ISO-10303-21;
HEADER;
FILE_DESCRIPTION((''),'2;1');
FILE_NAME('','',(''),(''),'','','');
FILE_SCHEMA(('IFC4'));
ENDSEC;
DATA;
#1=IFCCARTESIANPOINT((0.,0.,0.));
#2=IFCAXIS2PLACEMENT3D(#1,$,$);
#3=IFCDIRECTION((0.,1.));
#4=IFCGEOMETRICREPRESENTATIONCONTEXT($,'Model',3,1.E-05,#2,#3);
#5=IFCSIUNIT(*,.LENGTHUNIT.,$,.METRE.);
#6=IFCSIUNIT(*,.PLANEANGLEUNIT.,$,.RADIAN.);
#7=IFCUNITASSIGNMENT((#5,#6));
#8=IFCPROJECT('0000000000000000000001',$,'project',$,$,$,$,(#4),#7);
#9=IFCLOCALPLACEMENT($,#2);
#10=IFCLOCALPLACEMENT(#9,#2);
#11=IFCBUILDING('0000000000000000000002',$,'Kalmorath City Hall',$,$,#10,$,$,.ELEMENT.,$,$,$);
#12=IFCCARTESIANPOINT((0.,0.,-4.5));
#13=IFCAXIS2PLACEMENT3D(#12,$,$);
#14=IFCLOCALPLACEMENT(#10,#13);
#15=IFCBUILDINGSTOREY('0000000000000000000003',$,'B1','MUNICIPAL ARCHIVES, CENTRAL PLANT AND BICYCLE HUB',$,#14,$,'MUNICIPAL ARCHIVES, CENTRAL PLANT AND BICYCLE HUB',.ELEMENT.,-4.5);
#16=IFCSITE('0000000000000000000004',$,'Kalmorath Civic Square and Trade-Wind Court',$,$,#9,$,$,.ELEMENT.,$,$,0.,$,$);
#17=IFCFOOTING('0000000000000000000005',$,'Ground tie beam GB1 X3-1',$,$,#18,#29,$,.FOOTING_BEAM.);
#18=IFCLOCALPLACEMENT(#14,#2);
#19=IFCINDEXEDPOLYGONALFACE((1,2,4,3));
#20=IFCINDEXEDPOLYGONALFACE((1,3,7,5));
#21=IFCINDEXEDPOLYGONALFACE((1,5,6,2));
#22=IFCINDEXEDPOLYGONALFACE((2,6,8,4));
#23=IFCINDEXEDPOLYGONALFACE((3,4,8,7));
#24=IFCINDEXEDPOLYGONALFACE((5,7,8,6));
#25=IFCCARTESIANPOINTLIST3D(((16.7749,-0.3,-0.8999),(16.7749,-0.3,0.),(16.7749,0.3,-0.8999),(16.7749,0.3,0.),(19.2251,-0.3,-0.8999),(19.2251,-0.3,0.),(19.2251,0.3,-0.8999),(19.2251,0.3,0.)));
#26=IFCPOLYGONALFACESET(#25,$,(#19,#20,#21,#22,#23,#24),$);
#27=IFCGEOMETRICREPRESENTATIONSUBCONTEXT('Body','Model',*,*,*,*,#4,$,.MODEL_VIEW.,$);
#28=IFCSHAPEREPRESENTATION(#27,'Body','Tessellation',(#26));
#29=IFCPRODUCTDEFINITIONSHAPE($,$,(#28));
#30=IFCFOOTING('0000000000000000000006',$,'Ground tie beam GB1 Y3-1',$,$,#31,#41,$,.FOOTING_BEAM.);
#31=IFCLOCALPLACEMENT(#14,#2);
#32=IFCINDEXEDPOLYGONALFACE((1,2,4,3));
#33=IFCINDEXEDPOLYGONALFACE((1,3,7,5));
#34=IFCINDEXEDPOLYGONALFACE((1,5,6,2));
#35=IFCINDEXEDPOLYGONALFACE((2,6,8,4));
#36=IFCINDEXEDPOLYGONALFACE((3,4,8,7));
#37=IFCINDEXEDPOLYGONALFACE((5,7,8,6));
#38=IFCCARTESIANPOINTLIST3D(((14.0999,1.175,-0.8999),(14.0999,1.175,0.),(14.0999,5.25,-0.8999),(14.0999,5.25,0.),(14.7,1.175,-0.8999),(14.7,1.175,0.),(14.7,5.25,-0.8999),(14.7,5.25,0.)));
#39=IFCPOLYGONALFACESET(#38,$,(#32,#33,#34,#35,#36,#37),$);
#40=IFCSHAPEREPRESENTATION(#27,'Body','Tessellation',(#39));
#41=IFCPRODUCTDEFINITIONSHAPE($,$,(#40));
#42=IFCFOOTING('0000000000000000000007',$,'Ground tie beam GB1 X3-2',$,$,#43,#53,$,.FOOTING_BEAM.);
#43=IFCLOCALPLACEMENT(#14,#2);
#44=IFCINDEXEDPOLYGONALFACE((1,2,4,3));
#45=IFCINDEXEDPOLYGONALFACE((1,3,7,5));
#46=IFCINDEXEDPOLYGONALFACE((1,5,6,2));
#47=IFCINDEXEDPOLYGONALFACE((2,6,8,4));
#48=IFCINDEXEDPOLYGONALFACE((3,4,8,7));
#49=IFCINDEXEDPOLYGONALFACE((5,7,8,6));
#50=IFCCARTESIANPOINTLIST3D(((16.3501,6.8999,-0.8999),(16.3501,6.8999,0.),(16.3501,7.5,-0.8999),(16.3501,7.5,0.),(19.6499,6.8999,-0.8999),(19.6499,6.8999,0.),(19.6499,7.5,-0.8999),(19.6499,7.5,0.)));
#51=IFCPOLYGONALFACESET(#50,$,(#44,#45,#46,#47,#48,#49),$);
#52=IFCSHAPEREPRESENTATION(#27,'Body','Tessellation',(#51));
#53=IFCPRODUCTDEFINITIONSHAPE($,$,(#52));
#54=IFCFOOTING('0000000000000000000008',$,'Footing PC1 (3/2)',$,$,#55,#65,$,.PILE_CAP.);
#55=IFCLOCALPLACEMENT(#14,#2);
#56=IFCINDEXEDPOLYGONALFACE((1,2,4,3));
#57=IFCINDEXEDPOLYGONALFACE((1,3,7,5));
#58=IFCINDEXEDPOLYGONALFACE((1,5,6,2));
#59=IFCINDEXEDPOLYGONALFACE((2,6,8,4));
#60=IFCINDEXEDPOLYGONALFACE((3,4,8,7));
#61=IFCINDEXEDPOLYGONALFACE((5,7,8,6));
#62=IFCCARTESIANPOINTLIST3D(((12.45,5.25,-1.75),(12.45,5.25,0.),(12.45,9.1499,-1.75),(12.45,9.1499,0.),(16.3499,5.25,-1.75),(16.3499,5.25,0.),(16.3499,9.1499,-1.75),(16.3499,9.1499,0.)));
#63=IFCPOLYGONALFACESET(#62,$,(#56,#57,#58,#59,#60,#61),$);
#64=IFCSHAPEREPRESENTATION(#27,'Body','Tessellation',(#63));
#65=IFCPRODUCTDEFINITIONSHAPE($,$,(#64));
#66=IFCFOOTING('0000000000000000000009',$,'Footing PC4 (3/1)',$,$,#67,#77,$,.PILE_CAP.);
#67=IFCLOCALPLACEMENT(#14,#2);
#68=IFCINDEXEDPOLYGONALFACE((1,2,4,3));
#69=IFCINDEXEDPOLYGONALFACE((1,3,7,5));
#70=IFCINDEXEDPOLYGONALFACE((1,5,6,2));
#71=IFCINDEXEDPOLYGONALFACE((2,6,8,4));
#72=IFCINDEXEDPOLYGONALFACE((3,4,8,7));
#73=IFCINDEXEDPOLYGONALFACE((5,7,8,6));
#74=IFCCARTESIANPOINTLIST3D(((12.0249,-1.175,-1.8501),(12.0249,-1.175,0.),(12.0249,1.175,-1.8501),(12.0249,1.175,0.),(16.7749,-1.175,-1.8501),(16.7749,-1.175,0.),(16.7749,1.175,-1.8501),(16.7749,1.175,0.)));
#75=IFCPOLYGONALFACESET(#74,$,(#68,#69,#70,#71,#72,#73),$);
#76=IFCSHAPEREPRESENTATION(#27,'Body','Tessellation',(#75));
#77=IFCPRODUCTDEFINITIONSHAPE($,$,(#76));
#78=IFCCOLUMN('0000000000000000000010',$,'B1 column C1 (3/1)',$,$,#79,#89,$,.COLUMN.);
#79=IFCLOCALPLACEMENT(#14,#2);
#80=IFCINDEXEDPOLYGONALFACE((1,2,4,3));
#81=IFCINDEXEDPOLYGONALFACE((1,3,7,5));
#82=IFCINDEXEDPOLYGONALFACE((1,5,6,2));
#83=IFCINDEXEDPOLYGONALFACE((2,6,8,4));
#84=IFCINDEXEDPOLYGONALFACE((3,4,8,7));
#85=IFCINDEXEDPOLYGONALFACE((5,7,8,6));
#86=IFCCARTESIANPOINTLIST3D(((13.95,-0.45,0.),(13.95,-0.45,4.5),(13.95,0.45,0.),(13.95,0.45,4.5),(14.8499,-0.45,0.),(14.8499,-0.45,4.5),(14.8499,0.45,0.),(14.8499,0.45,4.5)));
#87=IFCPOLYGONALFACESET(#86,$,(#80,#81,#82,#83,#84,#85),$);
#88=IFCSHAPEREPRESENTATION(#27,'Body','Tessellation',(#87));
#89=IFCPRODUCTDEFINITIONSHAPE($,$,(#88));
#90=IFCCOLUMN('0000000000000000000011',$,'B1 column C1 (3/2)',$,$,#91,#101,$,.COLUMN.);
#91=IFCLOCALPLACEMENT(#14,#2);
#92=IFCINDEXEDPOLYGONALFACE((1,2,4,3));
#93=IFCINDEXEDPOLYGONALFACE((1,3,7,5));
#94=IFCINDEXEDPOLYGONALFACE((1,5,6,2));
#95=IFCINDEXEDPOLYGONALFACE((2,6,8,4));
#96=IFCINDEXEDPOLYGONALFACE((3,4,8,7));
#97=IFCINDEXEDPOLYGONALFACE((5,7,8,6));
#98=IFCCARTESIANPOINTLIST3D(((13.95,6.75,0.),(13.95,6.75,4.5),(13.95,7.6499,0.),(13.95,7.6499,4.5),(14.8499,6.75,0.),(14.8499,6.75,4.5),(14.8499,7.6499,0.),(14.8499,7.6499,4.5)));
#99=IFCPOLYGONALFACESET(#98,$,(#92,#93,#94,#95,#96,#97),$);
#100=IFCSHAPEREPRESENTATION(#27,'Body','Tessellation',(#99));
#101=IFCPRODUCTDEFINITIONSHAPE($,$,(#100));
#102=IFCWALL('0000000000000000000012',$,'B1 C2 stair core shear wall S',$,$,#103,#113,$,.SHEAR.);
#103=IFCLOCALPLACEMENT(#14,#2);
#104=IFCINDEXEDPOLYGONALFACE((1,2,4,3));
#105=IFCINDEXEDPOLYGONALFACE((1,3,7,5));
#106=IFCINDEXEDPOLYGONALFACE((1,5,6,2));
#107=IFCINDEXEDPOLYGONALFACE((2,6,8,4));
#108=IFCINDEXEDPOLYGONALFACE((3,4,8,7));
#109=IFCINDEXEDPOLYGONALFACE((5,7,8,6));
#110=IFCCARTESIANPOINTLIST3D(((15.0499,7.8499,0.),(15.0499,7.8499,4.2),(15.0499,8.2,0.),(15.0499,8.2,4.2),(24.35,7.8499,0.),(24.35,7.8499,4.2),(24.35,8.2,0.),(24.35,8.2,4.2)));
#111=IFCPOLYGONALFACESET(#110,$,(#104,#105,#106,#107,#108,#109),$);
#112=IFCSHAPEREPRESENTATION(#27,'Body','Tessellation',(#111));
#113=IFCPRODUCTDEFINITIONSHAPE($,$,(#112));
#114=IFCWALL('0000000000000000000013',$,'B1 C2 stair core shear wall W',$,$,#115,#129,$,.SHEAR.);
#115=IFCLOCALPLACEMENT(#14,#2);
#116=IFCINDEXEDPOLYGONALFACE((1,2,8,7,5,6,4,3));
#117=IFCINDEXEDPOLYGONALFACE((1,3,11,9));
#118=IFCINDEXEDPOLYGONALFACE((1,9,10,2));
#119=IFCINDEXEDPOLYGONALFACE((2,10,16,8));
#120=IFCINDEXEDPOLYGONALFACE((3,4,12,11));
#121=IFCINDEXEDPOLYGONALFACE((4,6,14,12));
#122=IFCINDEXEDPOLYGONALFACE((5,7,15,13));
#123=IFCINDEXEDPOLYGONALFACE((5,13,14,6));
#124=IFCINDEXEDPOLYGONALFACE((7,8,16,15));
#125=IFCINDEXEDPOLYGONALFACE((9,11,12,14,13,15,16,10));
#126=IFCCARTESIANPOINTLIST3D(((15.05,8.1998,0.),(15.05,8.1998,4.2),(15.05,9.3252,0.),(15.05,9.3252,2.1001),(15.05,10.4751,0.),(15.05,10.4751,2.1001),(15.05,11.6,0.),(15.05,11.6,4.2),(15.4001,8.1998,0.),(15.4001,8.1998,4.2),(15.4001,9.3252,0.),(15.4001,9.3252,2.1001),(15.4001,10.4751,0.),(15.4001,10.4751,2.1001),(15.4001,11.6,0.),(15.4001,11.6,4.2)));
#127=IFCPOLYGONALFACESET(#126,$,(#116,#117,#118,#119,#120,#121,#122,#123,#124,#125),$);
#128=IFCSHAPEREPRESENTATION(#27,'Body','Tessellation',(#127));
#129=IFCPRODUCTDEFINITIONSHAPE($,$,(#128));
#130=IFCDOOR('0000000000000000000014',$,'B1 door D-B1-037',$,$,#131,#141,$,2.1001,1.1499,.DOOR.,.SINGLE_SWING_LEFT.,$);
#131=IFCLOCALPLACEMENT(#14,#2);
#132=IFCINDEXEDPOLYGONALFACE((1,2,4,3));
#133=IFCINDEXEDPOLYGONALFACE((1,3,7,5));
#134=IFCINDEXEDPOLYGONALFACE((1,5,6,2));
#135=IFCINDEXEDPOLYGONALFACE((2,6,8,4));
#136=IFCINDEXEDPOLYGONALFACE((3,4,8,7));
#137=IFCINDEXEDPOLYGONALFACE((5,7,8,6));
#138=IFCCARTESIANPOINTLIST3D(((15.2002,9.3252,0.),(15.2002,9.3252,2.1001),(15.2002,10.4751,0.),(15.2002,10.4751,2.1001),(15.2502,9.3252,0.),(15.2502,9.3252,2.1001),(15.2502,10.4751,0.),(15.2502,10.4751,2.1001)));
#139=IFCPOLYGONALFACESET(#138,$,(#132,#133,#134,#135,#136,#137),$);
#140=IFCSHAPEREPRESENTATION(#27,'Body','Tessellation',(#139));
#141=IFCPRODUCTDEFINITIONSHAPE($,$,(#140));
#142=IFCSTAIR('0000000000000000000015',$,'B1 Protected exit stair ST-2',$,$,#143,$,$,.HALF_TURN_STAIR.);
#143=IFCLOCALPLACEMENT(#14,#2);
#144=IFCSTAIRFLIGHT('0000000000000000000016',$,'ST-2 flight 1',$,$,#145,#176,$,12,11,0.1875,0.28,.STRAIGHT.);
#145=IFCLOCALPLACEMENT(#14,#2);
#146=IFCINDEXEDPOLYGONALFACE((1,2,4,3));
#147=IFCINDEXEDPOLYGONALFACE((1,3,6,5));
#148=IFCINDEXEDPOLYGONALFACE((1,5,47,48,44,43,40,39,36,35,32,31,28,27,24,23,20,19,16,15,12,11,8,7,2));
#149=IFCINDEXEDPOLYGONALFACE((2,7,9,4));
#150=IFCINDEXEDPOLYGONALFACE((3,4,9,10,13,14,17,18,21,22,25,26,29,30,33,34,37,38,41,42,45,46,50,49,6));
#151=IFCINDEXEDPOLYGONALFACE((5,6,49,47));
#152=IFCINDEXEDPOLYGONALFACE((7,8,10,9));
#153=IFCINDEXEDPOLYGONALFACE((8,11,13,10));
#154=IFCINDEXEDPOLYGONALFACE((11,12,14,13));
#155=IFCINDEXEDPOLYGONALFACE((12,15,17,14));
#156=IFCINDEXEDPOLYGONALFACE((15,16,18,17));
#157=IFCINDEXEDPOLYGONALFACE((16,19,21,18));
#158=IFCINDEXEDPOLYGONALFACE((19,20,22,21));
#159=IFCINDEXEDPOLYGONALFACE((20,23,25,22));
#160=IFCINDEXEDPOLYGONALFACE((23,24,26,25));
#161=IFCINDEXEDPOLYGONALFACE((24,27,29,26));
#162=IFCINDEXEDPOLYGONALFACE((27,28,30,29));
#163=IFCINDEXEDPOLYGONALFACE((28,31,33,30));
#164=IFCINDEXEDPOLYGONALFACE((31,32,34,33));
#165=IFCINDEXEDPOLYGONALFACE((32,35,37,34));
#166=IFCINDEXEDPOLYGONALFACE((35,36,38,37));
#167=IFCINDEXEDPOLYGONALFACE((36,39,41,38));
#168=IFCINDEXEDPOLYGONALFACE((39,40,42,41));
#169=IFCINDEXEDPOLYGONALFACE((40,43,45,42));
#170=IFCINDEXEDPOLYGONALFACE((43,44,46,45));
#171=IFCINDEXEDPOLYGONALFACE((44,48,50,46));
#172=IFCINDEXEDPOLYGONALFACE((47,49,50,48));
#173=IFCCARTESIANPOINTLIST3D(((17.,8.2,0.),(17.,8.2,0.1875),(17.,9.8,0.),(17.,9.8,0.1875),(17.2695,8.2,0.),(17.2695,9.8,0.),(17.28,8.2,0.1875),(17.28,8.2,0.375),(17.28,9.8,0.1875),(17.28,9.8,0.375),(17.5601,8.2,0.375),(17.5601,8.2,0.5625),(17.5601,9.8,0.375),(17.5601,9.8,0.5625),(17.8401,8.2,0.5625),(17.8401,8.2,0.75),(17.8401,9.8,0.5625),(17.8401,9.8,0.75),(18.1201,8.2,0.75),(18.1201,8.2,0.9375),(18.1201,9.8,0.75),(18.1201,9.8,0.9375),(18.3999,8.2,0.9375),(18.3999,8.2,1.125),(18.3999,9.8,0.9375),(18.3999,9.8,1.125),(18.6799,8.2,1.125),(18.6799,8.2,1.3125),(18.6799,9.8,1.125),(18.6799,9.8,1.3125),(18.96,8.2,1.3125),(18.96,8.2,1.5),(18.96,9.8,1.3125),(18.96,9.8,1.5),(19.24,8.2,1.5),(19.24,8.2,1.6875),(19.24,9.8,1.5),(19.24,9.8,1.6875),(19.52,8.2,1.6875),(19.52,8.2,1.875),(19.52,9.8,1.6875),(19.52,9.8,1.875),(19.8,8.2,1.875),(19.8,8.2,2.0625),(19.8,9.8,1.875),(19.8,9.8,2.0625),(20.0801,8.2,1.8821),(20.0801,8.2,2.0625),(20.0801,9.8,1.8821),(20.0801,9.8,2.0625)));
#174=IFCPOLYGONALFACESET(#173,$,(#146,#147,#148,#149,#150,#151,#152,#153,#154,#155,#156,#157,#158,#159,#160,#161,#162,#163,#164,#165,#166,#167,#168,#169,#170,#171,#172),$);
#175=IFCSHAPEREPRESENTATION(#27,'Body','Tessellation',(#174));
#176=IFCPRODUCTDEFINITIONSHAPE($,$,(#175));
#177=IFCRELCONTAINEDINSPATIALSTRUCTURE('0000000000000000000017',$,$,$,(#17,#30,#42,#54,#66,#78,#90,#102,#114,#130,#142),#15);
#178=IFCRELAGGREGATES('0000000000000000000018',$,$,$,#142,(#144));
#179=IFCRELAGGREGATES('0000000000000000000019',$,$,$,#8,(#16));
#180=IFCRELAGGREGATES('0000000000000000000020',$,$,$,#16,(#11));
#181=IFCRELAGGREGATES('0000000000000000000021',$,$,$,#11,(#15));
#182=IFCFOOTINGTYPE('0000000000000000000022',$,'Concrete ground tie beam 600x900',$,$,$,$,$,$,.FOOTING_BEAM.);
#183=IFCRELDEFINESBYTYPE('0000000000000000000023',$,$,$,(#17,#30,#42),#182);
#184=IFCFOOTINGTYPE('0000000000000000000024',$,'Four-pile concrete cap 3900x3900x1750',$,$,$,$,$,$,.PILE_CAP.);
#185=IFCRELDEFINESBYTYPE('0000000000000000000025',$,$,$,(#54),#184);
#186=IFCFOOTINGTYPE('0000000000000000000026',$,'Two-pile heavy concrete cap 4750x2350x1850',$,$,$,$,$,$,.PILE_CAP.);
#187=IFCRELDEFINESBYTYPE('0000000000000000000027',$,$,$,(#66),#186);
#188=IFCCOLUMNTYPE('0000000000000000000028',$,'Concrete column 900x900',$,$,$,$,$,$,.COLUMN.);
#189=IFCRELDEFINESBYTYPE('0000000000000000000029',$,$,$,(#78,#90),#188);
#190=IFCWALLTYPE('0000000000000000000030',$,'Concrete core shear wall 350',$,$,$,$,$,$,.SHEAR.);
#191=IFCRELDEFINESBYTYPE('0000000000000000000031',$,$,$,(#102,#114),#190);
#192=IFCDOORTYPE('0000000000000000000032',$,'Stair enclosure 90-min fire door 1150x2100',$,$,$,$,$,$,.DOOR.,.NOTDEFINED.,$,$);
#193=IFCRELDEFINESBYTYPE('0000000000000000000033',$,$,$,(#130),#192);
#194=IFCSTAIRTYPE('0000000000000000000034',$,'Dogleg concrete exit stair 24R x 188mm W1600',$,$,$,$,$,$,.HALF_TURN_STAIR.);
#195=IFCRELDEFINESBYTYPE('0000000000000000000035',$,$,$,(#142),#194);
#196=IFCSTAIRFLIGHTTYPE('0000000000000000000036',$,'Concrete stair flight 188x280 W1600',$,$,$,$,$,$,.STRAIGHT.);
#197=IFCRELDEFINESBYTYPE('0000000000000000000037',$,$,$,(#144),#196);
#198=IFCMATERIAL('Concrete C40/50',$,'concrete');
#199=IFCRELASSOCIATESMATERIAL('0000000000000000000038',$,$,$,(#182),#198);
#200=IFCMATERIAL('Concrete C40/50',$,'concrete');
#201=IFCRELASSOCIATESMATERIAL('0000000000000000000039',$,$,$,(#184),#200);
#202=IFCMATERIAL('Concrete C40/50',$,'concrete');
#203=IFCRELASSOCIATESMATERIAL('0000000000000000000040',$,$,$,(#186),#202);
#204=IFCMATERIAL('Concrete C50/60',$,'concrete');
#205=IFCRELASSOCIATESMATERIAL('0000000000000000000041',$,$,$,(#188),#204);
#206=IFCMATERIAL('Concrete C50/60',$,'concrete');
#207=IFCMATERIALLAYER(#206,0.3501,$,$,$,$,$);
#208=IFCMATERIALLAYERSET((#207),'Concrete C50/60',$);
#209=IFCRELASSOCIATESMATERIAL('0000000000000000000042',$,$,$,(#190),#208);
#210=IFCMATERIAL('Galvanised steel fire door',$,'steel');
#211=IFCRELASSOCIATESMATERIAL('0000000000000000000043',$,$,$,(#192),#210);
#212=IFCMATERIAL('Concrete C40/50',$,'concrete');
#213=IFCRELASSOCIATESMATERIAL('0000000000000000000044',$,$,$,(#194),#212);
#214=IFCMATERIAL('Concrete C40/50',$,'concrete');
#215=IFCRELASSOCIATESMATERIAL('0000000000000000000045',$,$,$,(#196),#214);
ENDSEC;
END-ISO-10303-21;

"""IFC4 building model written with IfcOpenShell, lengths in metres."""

from ifc_helpers import new_model, si_unit, direction, frame, frame_2d, origin, origin_2d, place, context, subcontext, project, spatial, polyline, rectangle, outline, extrude, material, layer, layer_set, material_profile, profile_set, type_object, element, fill, aggregate, save


model = new_model("IFC4")

# Units and contexts
model_context = context("Model", 3, precision=1e-05, world=origin(), true_north=direction((0.0, 1.0)))
body_context = subcontext(model_context, "Body", "Model", "MODEL_VIEW")
ifc_project = project(units=[si_unit("LENGTHUNIT", "METRE"), si_unit("PLANEANGLEUNIT", "RADIAN")], contexts=[model_context])

# Site, building, storey
site_placement = place(None, origin())
site = spatial("IfcSite", under=ifc_project, at=site_placement, Name="Kalmorath Civic Square and Trade-Wind Court", CompositionType="ELEMENT", RefElevation=0.0)
building_placement = place(site_placement, origin())
building = spatial("IfcBuilding", under=site, at=building_placement, Name="Kalmorath City Hall", CompositionType="ELEMENT")
storey_placement = place(building_placement, frame((0.0, 0.0, -4.5)))
storey = spatial("IfcBuildingStorey", under=building, at=storey_placement, Name="B1", Description="MUNICIPAL ARCHIVES, CENTRAL PLANT AND BICYCLE HUB", LongName="MUNICIPAL ARCHIVES, CENTRAL PLANT AND BICYCLE HUB", CompositionType="ELEMENT", Elevation=-4.5)

# Footings
ifc_material_1 = material(Name="Concrete C40/50", Category="concrete")
ifc_material_profile_1 = material_profile(ifc_material_1, rectangle(XDim=0.6001, YDim=0.8999, at=origin_2d()), Name="RC-BM-600X900")
ifc_profile_set_1 = profile_set([ifc_material_profile_1], Name="Concrete C40/50")
footing_type_1 = type_object("IfcFootingType", Name="Concrete ground tie beam 600x900", PredefinedType="FOOTING_BEAM", material=ifc_profile_set_1)
footing_1_placement = place(storey_placement, frame((16.7749, 0.0, -0.45), z_axis=(1.0, 0.0, 0.0), x_axis=(0.0, 1.0, 0.0)))
element("IfcFooting", 1, at=footing_1_placement, inside=storey, type_object=footing_type_1, Name="Ground tie beam GB1 X3-1", PredefinedType="FOOTING_BEAM", context=body_context, shape_type="SweptSolid", body=[
    extrude(rectangle(XDim=0.6001, YDim=0.8999, at=origin_2d()), origin(), (0.0, 0.0, 1.0), 2.4502),
])
footing_2_placement = place(storey_placement, frame((14.3999, 1.175, -0.45), z_axis=(0.0, 1.0, 0.0), x_axis=(-1.0, 0.0, 0.0)))
element("IfcFooting", 2, at=footing_2_placement, inside=storey, type_object=footing_type_1, Name="Ground tie beam GB1 Y3-1", PredefinedType="FOOTING_BEAM", context=body_context, shape_type="SweptSolid", body=[
    extrude(rectangle(XDim=0.6001, YDim=0.8999, at=origin_2d()), origin(), (0.0, 0.0, 1.0), 4.075),
])
footing_3_placement = place(storey_placement, frame((16.3501, 7.2, -0.45), z_axis=(1.0, 0.0, 0.0), x_axis=(0.0, 1.0, 0.0)))
element("IfcFooting", 3, at=footing_3_placement, inside=storey, type_object=footing_type_1, Name="Ground tie beam GB1 X3-2", PredefinedType="FOOTING_BEAM", context=body_context, shape_type="SweptSolid", body=[
    extrude(rectangle(XDim=0.6001, YDim=0.8999, at=origin_2d()), origin(), (0.0, 0.0, 1.0), 3.2998),
])
ifc_material_2 = material(Name="Concrete C40/50", Category="concrete")
footing_type_2 = type_object("IfcFootingType", Name="Four-pile concrete cap 3900x3900x1750", PredefinedType="PILE_CAP", material=ifc_material_2)
footing_4_placement = place(storey_placement, frame((14.3999, 7.2, -1.75), z_axis=(0.0, 0.0, 1.0), x_axis=(1.0, 0.0, 0.0)))
element("IfcFooting", 4, at=footing_4_placement, inside=storey, type_object=footing_type_2, Name="Footing PC1 (3/2)", PredefinedType="PILE_CAP", context=body_context, shape_type="SweptSolid", body=[
    extrude(rectangle(XDim=3.8999, YDim=3.8999, at=origin_2d()), origin(), (0.0, 0.0, 1.0), 1.75),
])
ifc_material_3 = material(Name="Concrete C40/50", Category="concrete")
footing_type_3 = type_object("IfcFootingType", Name="Two-pile heavy concrete cap 4750x2350x1850", PredefinedType="PILE_CAP", material=ifc_material_3)
footing_5_placement = place(storey_placement, frame((14.3999, 0.0, -1.8501), z_axis=(0.0, 0.0, 1.0), x_axis=(1.0, 0.0, 0.0)))
element("IfcFooting", 5, at=footing_5_placement, inside=storey, type_object=footing_type_3, Name="Footing PC4 (3/1)", PredefinedType="PILE_CAP", context=body_context, shape_type="SweptSolid", body=[
    extrude(rectangle(XDim=4.75, YDim=2.3501, at=origin_2d()), origin(), (0.0, 0.0, 1.0), 1.8501),
])

# Columns
ifc_material_4 = material(Name="Concrete C50/60", Category="concrete")
ifc_material_profile_2 = material_profile(ifc_material_4, rectangle(XDim=0.8999, YDim=0.8999, at=origin_2d()), Name="RC-COL-900X900")
ifc_profile_set_2 = profile_set([ifc_material_profile_2], Name="Concrete C50/60")
column_type = type_object("IfcColumnType", Name="Concrete column 900x900", PredefinedType="COLUMN", material=ifc_profile_set_2)
for number, where, z_axis, x_axis, name in (
    (6, (14.3999, 0.0, 0.0), (0.0, 0.0, 1.0), (1.0, 0.0, 0.0), "B1 column C1 (3/1)"),
    (7, (14.3999, 7.2, 0.0), (0.0, 0.0, 1.0), (1.0, 0.0, 0.0), "B1 column C1 (3/2)"),
):
    element("IfcColumn", number, at=place(storey_placement, frame(where, z_axis=z_axis, x_axis=x_axis)), inside=storey, type_object=column_type, Name=name, PredefinedType="COLUMN", context=body_context, shape_type="SweptSolid", body=[
        extrude(rectangle(XDim=0.8999, YDim=0.8999, at=origin_2d()), origin(), (0.0, 0.0, 1.0), 4.5),
    ])

# Wall
ifc_material_5 = material(Name="Concrete C50/60", Category="concrete")
ifc_layer = layer(ifc_material_5, 0.3501)
ifc_layer_set = layer_set([ifc_layer], Name="Concrete C50/60")
wall_type = type_object("IfcWallType", Name="Concrete core shear wall 350", PredefinedType="SHEAR", material=ifc_layer_set)
wall_1_placement = place(storey_placement, frame((15.05, 8.0249, 0.0), z_axis=(0.0, 0.0, 1.0), x_axis=(1.0, 0.0, 0.0)))
element("IfcWall", 8, at=wall_1_placement, inside=storey, type_object=wall_type, Name="B1 C2 stair core shear wall S", PredefinedType="SHEAR", context=body_context, shape_type="SweptSolid", body=[
    extrude(rectangle(XDim=9.3, YDim=0.3501, at=frame_2d((4.6499, 0.0))), origin(), (0.0, 0.0, 1.0), 4.2),
])

# Wall, opening, door
wall_2_placement = place(storey_placement, frame((15.2251, 11.6001, 0.0), z_axis=(0.0, 0.0, 1.0), x_axis=(0.0, -1.0, 0.0)))
wall_2 = element("IfcWall", 9, at=wall_2_placement, inside=storey, type_object=wall_type, Name="B1 C2 stair core shear wall W", PredefinedType="SHEAR", context=body_context, shape_type="SweptSolid", body=[
    extrude(rectangle(XDim=3.4001, YDim=0.3501, at=frame_2d((1.7002, 0.0))), origin(), (0.0, 0.0, 1.0), 4.2),
])
opening_placement = place(wall_2_placement, frame((1.125, 0.0, 0.0)))
opening = element("IfcOpeningElement", 10, at=opening_placement, cuts=wall_2, PredefinedType="OPENING", context=body_context, shape_type="SweptSolid", body=[
    extrude(rectangle(XDim=1.1499, YDim=2.1001, at=frame_2d((0.575, 1.05))), frame((0.0, 0.1851, 0.0), z_axis=(0.0, -1.0, 0.0), x_axis=(1.0, 0.0, 0.0)), (0.0, 0.0, 1.0), 0.3701),
])
ifc_material_6 = material(Name="Galvanised steel fire door", Category="steel")
door_type = type_object("IfcDoorType", Name="Stair enclosure 90-min fire door 1150x2100", OperationType="NOTDEFINED", PredefinedType="DOOR", material=ifc_material_6)
door_placement = place(opening_placement, frame((1.1499, 0.0, 0.0), z_axis=(0.0, 0.0, 1.0), x_axis=(-1.0, 0.0, 0.0)))
door = element("IfcDoor", 11, at=door_placement, inside=storey, type_object=door_type, Name="B1 door D-B1-037", OperationType="SINGLE_SWING_LEFT", OverallHeight=2.1001, OverallWidth=1.1499, PredefinedType="DOOR", context=body_context, shape_type="SweptSolid", body=[
    extrude(rectangle(XDim=1.1499, YDim=2.1001, at=frame_2d((0.575, 1.05))), frame((0.0, 0.0249, 0.0), z_axis=(0.0, -1.0, 0.0), x_axis=(1.0, 0.0, 0.0)), (0.0, 0.0, 1.0), 0.05),
])
fill(opening, door)

# Stair, stair flight
ifc_material_7 = material(Name="Concrete C40/50", Category="concrete")
stair_type = type_object("IfcStairType", Name="Dogleg concrete exit stair 24R x 188mm W1600", PredefinedType="HALF_TURN_STAIR", material=ifc_material_7)
stair_placement = place(storey_placement, origin())
stair = element("IfcStair", 12, at=stair_placement, inside=storey, type_object=stair_type, Name="B1 Protected exit stair ST-2", PredefinedType="HALF_TURN_STAIR")
ifc_material_8 = material(Name="Concrete C40/50", Category="concrete")
stair_flight_type = type_object("IfcStairFlightType", Name="Concrete stair flight 188x280 W1600", PredefinedType="STRAIGHT", material=ifc_material_8)
stair_flight_1_placement = place(storey_placement, frame((17.0, 9.0, 0.0), z_axis=(0.0, 0.0, 1.0), x_axis=(1.0, 0.0, 0.0)))
stair_flight_1 = element("IfcStairFlight", 13, at=stair_flight_1_placement, type_object=stair_flight_type, Name="ST-2 flight 1", NumberOfRisers=12, NumberOfTreads=11, PredefinedType="STRAIGHT", RiserHeight=0.1875, TreadLength=0.28, context=body_context, shape_type="SweptSolid", body=[
    extrude(outline(polyline([(0.0, 0.0), (0.0, 0.1875), (0.28, 0.1875), (0.28, 0.375), (0.5601, 0.375), (0.5601, 0.5625), (0.8401, 0.5625), (0.8401, 0.75), (1.1201, 0.75), (1.1201, 0.9375), (1.3999, 0.9375), (1.3999, 1.125), (1.6799, 1.125), (1.6799, 1.3125), (1.96, 1.3125), (1.96, 1.5), (2.24, 1.5), (2.24, 1.6875), (2.52, 1.6875), (2.52, 1.875), (2.8, 1.875), (2.8, 2.0625), (3.0801, 2.0625), (3.0801, 2.25), (3.0801, 1.8821), (0.2695, 0.0), (0.0, 0.0)])), frame((0.0, 0.8, 0.0), z_axis=(0.0, -1.0, 0.0), x_axis=(1.0, 0.0, 0.0)), (0.0, 0.0, 1.0), 1.6001),
])
aggregate(stair, [stair_flight_1])

save(model, "model.ifc")
